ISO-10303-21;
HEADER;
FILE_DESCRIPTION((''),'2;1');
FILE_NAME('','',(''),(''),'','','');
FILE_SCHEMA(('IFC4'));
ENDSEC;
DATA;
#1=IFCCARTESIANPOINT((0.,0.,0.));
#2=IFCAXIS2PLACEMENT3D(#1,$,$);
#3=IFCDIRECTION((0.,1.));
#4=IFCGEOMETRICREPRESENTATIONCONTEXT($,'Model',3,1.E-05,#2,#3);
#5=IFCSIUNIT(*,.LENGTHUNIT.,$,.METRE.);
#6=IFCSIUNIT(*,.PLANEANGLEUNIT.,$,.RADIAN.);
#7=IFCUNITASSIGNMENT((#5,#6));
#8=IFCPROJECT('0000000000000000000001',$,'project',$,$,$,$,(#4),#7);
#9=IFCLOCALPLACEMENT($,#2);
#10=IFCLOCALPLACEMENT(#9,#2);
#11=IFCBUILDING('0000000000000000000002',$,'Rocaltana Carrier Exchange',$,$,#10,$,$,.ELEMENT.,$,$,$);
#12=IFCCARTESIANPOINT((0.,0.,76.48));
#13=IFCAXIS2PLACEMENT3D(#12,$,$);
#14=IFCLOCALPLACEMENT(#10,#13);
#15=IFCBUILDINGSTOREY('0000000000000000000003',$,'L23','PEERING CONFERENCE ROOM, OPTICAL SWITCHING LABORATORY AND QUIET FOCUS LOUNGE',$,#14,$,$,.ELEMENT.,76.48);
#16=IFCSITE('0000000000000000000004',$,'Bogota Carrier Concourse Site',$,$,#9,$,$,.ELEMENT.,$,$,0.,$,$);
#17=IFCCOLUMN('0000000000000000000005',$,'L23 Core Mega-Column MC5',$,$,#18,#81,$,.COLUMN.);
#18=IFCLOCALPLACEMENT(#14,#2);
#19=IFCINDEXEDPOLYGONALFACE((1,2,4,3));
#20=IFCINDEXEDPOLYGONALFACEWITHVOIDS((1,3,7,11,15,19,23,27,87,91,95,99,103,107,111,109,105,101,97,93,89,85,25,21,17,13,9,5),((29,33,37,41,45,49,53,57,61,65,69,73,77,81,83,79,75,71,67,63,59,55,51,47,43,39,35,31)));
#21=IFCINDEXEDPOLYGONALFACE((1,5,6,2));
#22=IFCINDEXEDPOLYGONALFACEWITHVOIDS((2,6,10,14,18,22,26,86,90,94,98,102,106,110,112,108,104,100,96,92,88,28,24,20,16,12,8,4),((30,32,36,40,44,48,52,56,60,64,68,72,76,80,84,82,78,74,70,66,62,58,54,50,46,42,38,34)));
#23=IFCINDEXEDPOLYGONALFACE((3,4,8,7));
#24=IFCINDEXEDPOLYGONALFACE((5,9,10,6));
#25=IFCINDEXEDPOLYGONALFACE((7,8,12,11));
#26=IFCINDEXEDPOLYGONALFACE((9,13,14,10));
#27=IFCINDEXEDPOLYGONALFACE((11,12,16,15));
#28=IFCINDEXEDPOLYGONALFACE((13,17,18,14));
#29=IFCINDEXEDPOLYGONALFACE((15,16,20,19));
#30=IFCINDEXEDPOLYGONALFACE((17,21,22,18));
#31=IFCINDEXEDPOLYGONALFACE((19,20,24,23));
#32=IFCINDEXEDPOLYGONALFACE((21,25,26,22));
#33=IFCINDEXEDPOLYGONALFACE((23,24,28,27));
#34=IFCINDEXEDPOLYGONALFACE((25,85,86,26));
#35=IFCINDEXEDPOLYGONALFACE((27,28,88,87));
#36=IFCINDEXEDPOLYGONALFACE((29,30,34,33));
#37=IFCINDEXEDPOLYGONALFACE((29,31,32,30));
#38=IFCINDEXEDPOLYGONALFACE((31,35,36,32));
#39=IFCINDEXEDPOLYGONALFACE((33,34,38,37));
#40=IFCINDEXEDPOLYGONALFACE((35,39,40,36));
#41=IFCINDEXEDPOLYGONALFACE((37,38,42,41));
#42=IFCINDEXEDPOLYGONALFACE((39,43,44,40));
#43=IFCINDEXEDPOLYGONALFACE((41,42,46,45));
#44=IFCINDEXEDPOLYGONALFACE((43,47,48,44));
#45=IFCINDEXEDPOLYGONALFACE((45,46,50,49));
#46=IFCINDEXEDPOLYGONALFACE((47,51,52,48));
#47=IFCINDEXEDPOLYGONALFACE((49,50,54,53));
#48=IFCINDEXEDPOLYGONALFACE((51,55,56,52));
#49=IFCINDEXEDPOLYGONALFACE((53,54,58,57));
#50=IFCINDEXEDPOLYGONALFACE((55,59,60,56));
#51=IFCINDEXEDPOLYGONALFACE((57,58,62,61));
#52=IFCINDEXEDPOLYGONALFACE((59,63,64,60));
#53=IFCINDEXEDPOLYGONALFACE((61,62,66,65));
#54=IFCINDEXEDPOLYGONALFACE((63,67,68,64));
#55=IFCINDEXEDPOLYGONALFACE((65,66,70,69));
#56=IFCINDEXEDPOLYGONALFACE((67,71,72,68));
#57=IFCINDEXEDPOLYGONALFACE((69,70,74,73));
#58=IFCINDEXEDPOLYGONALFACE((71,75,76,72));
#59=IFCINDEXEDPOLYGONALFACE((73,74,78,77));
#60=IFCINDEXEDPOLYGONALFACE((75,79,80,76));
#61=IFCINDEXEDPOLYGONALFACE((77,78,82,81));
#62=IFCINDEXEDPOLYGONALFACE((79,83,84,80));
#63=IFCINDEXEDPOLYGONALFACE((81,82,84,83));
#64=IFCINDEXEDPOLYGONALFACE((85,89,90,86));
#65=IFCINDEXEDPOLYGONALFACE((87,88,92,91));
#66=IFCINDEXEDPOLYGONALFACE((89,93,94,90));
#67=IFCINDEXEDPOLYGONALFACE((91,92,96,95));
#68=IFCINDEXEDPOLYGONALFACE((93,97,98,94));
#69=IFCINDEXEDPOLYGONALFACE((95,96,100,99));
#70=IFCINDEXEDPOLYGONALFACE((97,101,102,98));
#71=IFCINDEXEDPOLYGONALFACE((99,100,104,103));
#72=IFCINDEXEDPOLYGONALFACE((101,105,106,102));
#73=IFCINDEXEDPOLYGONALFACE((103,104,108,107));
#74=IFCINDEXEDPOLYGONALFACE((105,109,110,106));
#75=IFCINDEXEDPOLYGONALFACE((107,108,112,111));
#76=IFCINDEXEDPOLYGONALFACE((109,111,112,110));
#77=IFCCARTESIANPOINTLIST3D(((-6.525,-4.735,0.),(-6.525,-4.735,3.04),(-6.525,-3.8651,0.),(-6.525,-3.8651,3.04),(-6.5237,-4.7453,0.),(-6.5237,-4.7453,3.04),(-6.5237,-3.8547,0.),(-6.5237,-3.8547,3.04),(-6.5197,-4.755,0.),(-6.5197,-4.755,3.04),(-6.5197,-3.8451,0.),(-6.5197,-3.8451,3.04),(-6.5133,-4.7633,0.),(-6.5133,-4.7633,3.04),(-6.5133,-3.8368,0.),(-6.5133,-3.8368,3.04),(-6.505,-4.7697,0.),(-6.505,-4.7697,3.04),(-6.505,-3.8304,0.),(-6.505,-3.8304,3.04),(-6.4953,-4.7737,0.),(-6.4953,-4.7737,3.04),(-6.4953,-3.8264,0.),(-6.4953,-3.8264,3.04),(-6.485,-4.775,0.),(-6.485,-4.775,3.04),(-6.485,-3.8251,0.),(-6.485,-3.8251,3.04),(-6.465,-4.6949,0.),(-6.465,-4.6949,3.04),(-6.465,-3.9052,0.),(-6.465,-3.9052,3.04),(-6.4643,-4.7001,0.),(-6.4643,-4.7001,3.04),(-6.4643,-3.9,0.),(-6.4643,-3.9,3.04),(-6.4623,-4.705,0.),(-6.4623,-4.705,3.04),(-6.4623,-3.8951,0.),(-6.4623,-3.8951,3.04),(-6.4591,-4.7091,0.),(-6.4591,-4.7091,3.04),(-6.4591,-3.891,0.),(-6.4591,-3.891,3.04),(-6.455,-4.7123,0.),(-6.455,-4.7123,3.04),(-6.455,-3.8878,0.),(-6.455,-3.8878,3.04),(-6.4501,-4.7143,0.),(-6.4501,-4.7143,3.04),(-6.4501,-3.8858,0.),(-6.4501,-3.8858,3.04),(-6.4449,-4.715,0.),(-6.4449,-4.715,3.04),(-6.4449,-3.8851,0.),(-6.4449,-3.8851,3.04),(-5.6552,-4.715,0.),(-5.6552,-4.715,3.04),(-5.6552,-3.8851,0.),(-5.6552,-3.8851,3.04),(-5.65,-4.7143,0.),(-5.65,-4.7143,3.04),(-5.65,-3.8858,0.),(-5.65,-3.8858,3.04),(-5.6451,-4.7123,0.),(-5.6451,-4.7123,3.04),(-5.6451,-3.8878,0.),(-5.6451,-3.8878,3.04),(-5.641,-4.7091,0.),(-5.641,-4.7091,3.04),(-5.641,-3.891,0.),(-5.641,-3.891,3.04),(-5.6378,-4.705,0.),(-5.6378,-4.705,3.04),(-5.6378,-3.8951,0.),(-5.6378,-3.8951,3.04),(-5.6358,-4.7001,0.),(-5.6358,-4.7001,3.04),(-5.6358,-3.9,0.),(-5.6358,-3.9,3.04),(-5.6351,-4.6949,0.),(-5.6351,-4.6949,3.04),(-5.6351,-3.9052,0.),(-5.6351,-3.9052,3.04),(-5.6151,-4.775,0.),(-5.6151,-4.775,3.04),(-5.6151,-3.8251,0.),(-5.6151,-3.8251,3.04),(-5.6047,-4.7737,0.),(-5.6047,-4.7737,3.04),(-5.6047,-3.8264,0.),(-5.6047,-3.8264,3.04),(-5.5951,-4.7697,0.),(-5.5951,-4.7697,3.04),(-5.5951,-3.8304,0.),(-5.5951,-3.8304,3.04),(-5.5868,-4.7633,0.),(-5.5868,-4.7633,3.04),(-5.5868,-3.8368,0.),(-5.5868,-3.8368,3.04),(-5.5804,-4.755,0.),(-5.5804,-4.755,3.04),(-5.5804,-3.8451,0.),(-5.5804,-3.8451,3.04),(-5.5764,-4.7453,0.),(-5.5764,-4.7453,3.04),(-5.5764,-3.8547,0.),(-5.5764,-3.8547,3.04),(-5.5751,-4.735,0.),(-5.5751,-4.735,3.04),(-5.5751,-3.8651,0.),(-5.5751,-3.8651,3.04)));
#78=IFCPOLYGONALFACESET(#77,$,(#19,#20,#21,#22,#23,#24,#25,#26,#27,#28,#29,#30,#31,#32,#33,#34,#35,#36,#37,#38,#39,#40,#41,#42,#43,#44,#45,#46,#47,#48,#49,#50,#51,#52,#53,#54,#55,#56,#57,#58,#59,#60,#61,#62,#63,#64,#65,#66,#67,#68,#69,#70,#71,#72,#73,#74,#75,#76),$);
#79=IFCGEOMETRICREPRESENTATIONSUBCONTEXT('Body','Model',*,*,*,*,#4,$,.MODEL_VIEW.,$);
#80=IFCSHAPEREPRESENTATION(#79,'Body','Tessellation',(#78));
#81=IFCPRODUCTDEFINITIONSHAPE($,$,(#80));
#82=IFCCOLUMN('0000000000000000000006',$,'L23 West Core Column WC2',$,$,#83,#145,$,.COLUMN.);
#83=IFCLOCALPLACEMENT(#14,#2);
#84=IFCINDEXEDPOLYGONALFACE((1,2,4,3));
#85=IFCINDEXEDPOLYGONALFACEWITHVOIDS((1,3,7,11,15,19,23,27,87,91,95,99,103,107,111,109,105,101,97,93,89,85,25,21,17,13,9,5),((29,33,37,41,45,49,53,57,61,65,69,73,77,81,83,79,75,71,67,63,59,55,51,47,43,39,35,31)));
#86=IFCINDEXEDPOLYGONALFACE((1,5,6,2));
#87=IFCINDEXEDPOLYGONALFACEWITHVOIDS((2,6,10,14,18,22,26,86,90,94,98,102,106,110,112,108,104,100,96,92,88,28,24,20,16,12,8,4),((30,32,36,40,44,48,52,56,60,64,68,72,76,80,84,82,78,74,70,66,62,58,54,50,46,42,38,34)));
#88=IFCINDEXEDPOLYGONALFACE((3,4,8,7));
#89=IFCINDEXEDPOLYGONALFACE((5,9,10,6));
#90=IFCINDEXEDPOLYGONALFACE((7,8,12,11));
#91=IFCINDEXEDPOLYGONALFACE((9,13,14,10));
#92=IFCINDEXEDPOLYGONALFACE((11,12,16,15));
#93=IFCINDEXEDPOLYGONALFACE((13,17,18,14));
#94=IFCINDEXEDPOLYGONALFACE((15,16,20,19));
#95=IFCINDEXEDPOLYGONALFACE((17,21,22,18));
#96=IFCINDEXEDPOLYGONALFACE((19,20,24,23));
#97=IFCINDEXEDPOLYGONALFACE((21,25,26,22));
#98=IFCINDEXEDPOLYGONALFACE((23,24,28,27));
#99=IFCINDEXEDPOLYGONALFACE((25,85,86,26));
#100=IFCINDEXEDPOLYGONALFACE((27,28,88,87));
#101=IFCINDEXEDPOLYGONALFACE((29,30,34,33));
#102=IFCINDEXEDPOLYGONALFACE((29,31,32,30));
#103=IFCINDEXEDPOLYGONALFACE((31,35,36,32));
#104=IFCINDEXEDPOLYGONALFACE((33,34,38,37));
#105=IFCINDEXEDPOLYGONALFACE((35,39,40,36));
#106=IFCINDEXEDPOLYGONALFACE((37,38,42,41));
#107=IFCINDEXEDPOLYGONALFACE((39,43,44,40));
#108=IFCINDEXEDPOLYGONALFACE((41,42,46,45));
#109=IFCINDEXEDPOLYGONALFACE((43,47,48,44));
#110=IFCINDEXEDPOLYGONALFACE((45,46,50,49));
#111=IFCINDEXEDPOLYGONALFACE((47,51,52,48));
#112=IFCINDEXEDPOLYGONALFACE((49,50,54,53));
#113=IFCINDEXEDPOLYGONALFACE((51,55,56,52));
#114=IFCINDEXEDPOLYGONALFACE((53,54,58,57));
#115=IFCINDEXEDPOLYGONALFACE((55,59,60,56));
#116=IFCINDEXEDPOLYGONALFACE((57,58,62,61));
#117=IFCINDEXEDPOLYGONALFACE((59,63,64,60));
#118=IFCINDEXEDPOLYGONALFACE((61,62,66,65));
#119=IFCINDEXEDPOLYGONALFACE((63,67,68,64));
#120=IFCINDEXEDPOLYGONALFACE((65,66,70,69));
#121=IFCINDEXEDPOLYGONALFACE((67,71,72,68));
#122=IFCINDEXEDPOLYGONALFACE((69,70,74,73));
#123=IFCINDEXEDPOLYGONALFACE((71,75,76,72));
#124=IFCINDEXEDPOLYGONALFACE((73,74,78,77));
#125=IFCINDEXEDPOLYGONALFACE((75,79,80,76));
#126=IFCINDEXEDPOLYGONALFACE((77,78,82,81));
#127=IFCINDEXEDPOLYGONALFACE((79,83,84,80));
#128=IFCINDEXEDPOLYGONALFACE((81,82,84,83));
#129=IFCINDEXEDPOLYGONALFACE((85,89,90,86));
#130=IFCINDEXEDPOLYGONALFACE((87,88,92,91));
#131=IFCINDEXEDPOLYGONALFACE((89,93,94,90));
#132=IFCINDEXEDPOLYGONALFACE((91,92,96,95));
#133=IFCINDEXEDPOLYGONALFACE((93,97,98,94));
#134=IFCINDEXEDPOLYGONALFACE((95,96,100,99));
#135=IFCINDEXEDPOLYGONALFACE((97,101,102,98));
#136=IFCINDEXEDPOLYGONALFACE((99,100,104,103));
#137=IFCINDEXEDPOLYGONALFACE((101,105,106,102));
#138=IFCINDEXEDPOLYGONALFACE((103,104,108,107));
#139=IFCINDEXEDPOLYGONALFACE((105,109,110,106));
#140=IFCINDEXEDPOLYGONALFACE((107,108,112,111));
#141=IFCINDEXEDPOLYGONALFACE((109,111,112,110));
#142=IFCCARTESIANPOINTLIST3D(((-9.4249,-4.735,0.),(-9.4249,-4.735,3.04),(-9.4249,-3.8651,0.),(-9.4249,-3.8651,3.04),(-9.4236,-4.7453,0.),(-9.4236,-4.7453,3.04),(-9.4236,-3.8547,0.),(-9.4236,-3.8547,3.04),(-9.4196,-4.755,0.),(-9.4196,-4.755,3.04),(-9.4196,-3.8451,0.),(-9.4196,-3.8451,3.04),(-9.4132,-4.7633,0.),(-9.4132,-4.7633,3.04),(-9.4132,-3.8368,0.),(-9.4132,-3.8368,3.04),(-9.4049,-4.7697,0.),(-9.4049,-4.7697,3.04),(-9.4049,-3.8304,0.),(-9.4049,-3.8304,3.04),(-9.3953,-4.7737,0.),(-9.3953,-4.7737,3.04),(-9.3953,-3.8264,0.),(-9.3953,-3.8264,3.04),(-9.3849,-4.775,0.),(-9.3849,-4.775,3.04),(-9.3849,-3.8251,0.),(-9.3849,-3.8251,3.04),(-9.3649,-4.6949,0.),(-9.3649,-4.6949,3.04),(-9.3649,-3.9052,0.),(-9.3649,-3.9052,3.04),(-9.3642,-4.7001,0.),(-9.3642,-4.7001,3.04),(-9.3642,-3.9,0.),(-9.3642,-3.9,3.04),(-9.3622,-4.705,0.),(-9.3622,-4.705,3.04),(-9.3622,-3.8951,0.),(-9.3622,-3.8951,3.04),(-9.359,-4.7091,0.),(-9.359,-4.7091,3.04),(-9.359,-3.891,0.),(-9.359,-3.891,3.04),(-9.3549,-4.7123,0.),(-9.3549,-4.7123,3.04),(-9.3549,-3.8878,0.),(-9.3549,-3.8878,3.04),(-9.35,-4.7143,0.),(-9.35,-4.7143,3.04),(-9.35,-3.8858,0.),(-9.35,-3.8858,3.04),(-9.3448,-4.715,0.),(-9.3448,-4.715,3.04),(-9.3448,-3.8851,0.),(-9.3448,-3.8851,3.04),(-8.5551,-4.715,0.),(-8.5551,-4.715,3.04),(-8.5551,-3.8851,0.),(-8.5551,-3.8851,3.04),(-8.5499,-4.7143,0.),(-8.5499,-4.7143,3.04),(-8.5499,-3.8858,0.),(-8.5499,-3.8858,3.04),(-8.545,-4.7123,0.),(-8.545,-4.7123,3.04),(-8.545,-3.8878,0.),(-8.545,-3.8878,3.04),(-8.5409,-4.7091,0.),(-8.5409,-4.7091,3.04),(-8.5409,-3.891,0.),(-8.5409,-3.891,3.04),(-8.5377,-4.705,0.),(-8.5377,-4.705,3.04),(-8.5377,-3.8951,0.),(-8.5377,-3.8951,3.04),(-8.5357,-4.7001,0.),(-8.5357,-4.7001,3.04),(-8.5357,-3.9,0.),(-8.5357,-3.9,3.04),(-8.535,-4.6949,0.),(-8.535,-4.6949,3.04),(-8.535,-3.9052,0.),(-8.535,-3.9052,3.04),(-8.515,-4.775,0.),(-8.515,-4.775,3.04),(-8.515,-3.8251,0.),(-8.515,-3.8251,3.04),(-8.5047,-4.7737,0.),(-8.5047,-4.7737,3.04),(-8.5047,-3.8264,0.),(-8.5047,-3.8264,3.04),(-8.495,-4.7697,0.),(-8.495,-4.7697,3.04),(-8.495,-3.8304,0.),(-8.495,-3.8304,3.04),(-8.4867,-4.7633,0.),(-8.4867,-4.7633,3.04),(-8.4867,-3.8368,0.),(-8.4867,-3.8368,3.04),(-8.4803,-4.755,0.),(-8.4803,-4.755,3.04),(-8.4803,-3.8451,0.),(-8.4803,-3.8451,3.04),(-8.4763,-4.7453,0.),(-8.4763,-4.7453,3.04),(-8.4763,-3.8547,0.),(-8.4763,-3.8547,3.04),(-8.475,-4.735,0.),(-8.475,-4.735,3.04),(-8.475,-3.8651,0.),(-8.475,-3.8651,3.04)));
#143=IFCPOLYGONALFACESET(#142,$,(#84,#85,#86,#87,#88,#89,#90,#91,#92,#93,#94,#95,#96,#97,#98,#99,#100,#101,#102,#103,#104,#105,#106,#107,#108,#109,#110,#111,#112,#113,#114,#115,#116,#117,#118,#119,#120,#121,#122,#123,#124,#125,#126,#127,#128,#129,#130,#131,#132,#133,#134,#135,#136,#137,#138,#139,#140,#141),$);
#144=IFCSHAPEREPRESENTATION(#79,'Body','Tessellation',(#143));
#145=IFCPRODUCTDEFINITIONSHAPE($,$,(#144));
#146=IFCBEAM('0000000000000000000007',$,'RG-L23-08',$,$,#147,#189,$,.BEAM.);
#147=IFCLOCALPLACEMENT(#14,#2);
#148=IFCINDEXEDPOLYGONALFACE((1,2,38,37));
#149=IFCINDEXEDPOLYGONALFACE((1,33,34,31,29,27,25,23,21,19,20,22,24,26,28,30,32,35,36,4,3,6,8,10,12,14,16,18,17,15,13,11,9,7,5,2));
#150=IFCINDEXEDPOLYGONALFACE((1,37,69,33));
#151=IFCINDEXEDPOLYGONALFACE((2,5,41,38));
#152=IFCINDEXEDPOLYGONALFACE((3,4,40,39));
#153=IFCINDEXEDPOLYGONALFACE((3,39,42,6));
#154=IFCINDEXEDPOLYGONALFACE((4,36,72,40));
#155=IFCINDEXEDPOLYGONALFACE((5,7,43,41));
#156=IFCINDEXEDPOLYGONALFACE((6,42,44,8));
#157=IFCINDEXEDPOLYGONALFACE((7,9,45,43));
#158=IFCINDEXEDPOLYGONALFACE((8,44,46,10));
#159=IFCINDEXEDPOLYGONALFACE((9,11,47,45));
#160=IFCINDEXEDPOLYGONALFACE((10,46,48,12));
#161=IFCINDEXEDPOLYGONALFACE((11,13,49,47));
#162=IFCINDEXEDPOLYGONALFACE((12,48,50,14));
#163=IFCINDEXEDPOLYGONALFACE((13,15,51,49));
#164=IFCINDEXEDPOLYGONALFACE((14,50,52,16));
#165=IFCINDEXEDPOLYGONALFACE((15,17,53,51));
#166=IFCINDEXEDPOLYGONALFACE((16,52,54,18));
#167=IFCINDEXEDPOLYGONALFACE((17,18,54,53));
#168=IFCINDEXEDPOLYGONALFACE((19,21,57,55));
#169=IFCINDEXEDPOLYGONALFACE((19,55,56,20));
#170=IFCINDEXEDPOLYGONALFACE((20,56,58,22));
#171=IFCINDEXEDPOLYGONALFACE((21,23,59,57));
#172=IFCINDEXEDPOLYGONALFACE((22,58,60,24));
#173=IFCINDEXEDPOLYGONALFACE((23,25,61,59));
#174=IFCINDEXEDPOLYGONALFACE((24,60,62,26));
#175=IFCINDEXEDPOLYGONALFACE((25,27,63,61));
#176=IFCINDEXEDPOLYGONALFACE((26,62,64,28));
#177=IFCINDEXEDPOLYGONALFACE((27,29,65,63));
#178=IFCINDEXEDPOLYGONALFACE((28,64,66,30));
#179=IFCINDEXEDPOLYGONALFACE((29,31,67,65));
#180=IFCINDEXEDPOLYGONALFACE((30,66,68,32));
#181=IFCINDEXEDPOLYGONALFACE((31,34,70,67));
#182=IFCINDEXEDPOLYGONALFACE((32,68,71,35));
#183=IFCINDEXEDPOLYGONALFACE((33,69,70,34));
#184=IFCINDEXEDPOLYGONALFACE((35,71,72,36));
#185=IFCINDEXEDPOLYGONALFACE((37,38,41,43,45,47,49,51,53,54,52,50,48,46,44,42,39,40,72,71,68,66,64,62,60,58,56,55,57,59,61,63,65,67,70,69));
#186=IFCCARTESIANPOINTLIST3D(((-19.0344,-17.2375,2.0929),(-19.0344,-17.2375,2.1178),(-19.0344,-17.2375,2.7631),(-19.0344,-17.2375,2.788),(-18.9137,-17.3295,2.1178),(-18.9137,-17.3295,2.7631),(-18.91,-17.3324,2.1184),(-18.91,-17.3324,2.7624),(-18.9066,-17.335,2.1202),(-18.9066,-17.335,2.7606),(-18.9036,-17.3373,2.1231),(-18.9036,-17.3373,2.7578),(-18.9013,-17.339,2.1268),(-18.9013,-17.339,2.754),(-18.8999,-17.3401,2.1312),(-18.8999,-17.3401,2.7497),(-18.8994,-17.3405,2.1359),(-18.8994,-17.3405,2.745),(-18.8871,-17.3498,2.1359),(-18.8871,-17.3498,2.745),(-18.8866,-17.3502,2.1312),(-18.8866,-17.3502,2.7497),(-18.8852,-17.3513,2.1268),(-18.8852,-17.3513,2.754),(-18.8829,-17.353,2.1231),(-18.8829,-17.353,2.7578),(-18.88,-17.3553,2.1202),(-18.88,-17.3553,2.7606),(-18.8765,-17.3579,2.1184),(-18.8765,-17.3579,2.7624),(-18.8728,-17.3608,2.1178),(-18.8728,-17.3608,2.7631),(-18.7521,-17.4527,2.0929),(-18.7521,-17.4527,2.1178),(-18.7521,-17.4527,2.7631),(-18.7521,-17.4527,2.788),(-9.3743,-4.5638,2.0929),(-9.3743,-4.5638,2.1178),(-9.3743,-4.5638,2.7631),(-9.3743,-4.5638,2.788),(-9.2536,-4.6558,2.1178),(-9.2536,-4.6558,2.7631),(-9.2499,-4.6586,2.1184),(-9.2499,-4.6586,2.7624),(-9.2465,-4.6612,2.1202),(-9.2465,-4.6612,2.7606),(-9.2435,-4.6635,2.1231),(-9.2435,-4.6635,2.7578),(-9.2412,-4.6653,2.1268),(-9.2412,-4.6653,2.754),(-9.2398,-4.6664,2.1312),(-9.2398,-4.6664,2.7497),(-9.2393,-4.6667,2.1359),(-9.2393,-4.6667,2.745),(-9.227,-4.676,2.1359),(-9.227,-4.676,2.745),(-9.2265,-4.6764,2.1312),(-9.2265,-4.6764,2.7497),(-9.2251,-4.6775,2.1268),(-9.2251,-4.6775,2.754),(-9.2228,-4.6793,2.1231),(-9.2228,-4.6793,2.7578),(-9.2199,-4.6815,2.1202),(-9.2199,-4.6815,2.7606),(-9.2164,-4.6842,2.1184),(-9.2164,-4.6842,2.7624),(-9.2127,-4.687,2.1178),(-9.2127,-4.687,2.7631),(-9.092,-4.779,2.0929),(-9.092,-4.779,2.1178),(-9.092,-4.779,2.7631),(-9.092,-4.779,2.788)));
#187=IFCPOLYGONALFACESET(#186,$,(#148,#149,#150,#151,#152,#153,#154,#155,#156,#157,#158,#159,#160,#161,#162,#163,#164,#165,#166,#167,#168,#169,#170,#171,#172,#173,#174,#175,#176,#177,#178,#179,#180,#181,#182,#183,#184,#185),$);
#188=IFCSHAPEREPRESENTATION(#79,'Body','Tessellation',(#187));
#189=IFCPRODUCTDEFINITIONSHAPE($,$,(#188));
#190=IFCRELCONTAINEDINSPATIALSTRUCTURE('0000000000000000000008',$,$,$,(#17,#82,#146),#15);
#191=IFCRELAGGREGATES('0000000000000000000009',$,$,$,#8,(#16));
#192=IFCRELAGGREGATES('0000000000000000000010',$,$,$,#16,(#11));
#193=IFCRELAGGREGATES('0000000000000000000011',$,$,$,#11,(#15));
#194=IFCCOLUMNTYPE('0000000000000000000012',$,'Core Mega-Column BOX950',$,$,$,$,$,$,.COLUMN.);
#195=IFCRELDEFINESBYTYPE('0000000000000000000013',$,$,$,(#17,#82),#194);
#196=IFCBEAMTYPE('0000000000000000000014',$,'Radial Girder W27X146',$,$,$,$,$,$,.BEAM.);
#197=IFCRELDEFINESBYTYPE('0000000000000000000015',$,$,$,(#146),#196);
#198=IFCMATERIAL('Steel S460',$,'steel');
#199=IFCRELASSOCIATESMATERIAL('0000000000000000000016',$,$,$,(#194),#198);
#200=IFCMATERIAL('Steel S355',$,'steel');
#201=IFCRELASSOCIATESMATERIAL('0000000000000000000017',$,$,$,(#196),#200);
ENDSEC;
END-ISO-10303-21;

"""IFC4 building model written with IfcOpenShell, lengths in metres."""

from ifc_helpers import new_model, si_unit, direction, frame, origin, origin_2d, place, context, subcontext, project, spatial, hollow_rectangle, i_section, extrude, material, material_profile, profile_set, type_object, element, save


model = new_model("IFC4")

# Units and contexts
model_context = context("Model", 3, precision=1e-05, world=origin(), true_north=direction((0.0, 1.0)))
body_context = subcontext(model_context, "Body", "Model", "MODEL_VIEW")
ifc_project = project(units=[si_unit("LENGTHUNIT", "METRE"), si_unit("PLANEANGLEUNIT", "RADIAN")], contexts=[model_context])

# Site, building, storey
site_placement = place(None, origin())
site = spatial("IfcSite", under=ifc_project, at=site_placement, Name="Bogota Carrier Concourse Site", CompositionType="ELEMENT", RefElevation=0.0)
building_placement = place(site_placement, origin())
building = spatial("IfcBuilding", under=site, at=building_placement, Name="Rocaltana Carrier Exchange", CompositionType="ELEMENT")
storey_placement = place(building_placement, frame((0.0, 0.0, 76.48)))
storey = spatial("IfcBuildingStorey", under=building, at=storey_placement, Name="L23", Description="PEERING CONFERENCE ROOM, OPTICAL SWITCHING LABORATORY AND QUIET FOCUS LOUNGE", CompositionType="ELEMENT", Elevation=76.48)

# Columns
ifc_material_1 = material(Name="Steel S460", Category="steel")
ifc_material_profile_1 = material_profile(ifc_material_1, hollow_rectangle(XDim=0.95, YDim=0.95, WallThickness=0.0601, InnerFilletRadius=0.02, OuterFilletRadius=0.04, at=origin_2d()), Name="BOX950X950X60")
ifc_profile_set_1 = profile_set([ifc_material_profile_1], Name="Steel S460")
column_type = type_object("IfcColumnType", Name="Core Mega-Column BOX950", PredefinedType="COLUMN", material=ifc_profile_set_1)
for number, where, z_axis, x_axis, name in (
    (1, (-6.05, -4.3, 0.0), (0.0, 0.0, 1.0), (1.0, 0.0, 0.0), "L23 Core Mega-Column MC5"),
    (2, (-8.95, -4.3, 0.0), (0.0, 0.0, 1.0), (1.0, 0.0, 0.0), "L23 West Core Column WC2"),
):
    element("IfcColumn", number, at=place(storey_placement, frame(where, z_axis=z_axis, x_axis=x_axis)), inside=storey, type_object=column_type, Name=name, PredefinedType="COLUMN", context=body_context, shape_type="SweptSolid", body=[
        extrude(hollow_rectangle(XDim=0.95, YDim=0.95, WallThickness=0.0601, InnerFilletRadius=0.02, OuterFilletRadius=0.04, at=origin_2d()), origin(), (0.0, 0.0, 1.0), 3.04),
    ])

# Beam
ifc_material_2 = material(Name="Steel S355", Category="steel")
ifc_material_profile_2 = material_profile(ifc_material_2, i_section(OverallWidth=0.355, OverallDepth=0.6951, WebThickness=0.0154, FlangeThickness=0.0249, FilletRadius=0.0181, at=origin_2d()), Name="W27X146")
ifc_profile_set_2 = profile_set([ifc_material_profile_2], Name="Steel S355")
beam_type = type_object("IfcBeamType", Name="Radial Girder W27X146", PredefinedType="BEAM", material=ifc_profile_set_2)
beam_1_placement = place(storey_placement, frame((-9.2332, -4.6714, 2.4404), z_axis=(-0.606198, -0.795314, 0.0), x_axis=(0.795314, -0.606198, 0.0)))
element("IfcBeam", 3, at=beam_1_placement, inside=storey, type_object=beam_type, Name="RG-L23-08", PredefinedType="BEAM", context=body_context, shape_type="SweptSolid", body=[
    extrude(i_section(OverallWidth=0.355, OverallDepth=0.6951, WebThickness=0.0154, FlangeThickness=0.0249, FilletRadius=0.0181, at=origin_2d()), origin(), (0.0, 0.0, 1.0), 15.9355),
])

save(model, "model.ifc")
